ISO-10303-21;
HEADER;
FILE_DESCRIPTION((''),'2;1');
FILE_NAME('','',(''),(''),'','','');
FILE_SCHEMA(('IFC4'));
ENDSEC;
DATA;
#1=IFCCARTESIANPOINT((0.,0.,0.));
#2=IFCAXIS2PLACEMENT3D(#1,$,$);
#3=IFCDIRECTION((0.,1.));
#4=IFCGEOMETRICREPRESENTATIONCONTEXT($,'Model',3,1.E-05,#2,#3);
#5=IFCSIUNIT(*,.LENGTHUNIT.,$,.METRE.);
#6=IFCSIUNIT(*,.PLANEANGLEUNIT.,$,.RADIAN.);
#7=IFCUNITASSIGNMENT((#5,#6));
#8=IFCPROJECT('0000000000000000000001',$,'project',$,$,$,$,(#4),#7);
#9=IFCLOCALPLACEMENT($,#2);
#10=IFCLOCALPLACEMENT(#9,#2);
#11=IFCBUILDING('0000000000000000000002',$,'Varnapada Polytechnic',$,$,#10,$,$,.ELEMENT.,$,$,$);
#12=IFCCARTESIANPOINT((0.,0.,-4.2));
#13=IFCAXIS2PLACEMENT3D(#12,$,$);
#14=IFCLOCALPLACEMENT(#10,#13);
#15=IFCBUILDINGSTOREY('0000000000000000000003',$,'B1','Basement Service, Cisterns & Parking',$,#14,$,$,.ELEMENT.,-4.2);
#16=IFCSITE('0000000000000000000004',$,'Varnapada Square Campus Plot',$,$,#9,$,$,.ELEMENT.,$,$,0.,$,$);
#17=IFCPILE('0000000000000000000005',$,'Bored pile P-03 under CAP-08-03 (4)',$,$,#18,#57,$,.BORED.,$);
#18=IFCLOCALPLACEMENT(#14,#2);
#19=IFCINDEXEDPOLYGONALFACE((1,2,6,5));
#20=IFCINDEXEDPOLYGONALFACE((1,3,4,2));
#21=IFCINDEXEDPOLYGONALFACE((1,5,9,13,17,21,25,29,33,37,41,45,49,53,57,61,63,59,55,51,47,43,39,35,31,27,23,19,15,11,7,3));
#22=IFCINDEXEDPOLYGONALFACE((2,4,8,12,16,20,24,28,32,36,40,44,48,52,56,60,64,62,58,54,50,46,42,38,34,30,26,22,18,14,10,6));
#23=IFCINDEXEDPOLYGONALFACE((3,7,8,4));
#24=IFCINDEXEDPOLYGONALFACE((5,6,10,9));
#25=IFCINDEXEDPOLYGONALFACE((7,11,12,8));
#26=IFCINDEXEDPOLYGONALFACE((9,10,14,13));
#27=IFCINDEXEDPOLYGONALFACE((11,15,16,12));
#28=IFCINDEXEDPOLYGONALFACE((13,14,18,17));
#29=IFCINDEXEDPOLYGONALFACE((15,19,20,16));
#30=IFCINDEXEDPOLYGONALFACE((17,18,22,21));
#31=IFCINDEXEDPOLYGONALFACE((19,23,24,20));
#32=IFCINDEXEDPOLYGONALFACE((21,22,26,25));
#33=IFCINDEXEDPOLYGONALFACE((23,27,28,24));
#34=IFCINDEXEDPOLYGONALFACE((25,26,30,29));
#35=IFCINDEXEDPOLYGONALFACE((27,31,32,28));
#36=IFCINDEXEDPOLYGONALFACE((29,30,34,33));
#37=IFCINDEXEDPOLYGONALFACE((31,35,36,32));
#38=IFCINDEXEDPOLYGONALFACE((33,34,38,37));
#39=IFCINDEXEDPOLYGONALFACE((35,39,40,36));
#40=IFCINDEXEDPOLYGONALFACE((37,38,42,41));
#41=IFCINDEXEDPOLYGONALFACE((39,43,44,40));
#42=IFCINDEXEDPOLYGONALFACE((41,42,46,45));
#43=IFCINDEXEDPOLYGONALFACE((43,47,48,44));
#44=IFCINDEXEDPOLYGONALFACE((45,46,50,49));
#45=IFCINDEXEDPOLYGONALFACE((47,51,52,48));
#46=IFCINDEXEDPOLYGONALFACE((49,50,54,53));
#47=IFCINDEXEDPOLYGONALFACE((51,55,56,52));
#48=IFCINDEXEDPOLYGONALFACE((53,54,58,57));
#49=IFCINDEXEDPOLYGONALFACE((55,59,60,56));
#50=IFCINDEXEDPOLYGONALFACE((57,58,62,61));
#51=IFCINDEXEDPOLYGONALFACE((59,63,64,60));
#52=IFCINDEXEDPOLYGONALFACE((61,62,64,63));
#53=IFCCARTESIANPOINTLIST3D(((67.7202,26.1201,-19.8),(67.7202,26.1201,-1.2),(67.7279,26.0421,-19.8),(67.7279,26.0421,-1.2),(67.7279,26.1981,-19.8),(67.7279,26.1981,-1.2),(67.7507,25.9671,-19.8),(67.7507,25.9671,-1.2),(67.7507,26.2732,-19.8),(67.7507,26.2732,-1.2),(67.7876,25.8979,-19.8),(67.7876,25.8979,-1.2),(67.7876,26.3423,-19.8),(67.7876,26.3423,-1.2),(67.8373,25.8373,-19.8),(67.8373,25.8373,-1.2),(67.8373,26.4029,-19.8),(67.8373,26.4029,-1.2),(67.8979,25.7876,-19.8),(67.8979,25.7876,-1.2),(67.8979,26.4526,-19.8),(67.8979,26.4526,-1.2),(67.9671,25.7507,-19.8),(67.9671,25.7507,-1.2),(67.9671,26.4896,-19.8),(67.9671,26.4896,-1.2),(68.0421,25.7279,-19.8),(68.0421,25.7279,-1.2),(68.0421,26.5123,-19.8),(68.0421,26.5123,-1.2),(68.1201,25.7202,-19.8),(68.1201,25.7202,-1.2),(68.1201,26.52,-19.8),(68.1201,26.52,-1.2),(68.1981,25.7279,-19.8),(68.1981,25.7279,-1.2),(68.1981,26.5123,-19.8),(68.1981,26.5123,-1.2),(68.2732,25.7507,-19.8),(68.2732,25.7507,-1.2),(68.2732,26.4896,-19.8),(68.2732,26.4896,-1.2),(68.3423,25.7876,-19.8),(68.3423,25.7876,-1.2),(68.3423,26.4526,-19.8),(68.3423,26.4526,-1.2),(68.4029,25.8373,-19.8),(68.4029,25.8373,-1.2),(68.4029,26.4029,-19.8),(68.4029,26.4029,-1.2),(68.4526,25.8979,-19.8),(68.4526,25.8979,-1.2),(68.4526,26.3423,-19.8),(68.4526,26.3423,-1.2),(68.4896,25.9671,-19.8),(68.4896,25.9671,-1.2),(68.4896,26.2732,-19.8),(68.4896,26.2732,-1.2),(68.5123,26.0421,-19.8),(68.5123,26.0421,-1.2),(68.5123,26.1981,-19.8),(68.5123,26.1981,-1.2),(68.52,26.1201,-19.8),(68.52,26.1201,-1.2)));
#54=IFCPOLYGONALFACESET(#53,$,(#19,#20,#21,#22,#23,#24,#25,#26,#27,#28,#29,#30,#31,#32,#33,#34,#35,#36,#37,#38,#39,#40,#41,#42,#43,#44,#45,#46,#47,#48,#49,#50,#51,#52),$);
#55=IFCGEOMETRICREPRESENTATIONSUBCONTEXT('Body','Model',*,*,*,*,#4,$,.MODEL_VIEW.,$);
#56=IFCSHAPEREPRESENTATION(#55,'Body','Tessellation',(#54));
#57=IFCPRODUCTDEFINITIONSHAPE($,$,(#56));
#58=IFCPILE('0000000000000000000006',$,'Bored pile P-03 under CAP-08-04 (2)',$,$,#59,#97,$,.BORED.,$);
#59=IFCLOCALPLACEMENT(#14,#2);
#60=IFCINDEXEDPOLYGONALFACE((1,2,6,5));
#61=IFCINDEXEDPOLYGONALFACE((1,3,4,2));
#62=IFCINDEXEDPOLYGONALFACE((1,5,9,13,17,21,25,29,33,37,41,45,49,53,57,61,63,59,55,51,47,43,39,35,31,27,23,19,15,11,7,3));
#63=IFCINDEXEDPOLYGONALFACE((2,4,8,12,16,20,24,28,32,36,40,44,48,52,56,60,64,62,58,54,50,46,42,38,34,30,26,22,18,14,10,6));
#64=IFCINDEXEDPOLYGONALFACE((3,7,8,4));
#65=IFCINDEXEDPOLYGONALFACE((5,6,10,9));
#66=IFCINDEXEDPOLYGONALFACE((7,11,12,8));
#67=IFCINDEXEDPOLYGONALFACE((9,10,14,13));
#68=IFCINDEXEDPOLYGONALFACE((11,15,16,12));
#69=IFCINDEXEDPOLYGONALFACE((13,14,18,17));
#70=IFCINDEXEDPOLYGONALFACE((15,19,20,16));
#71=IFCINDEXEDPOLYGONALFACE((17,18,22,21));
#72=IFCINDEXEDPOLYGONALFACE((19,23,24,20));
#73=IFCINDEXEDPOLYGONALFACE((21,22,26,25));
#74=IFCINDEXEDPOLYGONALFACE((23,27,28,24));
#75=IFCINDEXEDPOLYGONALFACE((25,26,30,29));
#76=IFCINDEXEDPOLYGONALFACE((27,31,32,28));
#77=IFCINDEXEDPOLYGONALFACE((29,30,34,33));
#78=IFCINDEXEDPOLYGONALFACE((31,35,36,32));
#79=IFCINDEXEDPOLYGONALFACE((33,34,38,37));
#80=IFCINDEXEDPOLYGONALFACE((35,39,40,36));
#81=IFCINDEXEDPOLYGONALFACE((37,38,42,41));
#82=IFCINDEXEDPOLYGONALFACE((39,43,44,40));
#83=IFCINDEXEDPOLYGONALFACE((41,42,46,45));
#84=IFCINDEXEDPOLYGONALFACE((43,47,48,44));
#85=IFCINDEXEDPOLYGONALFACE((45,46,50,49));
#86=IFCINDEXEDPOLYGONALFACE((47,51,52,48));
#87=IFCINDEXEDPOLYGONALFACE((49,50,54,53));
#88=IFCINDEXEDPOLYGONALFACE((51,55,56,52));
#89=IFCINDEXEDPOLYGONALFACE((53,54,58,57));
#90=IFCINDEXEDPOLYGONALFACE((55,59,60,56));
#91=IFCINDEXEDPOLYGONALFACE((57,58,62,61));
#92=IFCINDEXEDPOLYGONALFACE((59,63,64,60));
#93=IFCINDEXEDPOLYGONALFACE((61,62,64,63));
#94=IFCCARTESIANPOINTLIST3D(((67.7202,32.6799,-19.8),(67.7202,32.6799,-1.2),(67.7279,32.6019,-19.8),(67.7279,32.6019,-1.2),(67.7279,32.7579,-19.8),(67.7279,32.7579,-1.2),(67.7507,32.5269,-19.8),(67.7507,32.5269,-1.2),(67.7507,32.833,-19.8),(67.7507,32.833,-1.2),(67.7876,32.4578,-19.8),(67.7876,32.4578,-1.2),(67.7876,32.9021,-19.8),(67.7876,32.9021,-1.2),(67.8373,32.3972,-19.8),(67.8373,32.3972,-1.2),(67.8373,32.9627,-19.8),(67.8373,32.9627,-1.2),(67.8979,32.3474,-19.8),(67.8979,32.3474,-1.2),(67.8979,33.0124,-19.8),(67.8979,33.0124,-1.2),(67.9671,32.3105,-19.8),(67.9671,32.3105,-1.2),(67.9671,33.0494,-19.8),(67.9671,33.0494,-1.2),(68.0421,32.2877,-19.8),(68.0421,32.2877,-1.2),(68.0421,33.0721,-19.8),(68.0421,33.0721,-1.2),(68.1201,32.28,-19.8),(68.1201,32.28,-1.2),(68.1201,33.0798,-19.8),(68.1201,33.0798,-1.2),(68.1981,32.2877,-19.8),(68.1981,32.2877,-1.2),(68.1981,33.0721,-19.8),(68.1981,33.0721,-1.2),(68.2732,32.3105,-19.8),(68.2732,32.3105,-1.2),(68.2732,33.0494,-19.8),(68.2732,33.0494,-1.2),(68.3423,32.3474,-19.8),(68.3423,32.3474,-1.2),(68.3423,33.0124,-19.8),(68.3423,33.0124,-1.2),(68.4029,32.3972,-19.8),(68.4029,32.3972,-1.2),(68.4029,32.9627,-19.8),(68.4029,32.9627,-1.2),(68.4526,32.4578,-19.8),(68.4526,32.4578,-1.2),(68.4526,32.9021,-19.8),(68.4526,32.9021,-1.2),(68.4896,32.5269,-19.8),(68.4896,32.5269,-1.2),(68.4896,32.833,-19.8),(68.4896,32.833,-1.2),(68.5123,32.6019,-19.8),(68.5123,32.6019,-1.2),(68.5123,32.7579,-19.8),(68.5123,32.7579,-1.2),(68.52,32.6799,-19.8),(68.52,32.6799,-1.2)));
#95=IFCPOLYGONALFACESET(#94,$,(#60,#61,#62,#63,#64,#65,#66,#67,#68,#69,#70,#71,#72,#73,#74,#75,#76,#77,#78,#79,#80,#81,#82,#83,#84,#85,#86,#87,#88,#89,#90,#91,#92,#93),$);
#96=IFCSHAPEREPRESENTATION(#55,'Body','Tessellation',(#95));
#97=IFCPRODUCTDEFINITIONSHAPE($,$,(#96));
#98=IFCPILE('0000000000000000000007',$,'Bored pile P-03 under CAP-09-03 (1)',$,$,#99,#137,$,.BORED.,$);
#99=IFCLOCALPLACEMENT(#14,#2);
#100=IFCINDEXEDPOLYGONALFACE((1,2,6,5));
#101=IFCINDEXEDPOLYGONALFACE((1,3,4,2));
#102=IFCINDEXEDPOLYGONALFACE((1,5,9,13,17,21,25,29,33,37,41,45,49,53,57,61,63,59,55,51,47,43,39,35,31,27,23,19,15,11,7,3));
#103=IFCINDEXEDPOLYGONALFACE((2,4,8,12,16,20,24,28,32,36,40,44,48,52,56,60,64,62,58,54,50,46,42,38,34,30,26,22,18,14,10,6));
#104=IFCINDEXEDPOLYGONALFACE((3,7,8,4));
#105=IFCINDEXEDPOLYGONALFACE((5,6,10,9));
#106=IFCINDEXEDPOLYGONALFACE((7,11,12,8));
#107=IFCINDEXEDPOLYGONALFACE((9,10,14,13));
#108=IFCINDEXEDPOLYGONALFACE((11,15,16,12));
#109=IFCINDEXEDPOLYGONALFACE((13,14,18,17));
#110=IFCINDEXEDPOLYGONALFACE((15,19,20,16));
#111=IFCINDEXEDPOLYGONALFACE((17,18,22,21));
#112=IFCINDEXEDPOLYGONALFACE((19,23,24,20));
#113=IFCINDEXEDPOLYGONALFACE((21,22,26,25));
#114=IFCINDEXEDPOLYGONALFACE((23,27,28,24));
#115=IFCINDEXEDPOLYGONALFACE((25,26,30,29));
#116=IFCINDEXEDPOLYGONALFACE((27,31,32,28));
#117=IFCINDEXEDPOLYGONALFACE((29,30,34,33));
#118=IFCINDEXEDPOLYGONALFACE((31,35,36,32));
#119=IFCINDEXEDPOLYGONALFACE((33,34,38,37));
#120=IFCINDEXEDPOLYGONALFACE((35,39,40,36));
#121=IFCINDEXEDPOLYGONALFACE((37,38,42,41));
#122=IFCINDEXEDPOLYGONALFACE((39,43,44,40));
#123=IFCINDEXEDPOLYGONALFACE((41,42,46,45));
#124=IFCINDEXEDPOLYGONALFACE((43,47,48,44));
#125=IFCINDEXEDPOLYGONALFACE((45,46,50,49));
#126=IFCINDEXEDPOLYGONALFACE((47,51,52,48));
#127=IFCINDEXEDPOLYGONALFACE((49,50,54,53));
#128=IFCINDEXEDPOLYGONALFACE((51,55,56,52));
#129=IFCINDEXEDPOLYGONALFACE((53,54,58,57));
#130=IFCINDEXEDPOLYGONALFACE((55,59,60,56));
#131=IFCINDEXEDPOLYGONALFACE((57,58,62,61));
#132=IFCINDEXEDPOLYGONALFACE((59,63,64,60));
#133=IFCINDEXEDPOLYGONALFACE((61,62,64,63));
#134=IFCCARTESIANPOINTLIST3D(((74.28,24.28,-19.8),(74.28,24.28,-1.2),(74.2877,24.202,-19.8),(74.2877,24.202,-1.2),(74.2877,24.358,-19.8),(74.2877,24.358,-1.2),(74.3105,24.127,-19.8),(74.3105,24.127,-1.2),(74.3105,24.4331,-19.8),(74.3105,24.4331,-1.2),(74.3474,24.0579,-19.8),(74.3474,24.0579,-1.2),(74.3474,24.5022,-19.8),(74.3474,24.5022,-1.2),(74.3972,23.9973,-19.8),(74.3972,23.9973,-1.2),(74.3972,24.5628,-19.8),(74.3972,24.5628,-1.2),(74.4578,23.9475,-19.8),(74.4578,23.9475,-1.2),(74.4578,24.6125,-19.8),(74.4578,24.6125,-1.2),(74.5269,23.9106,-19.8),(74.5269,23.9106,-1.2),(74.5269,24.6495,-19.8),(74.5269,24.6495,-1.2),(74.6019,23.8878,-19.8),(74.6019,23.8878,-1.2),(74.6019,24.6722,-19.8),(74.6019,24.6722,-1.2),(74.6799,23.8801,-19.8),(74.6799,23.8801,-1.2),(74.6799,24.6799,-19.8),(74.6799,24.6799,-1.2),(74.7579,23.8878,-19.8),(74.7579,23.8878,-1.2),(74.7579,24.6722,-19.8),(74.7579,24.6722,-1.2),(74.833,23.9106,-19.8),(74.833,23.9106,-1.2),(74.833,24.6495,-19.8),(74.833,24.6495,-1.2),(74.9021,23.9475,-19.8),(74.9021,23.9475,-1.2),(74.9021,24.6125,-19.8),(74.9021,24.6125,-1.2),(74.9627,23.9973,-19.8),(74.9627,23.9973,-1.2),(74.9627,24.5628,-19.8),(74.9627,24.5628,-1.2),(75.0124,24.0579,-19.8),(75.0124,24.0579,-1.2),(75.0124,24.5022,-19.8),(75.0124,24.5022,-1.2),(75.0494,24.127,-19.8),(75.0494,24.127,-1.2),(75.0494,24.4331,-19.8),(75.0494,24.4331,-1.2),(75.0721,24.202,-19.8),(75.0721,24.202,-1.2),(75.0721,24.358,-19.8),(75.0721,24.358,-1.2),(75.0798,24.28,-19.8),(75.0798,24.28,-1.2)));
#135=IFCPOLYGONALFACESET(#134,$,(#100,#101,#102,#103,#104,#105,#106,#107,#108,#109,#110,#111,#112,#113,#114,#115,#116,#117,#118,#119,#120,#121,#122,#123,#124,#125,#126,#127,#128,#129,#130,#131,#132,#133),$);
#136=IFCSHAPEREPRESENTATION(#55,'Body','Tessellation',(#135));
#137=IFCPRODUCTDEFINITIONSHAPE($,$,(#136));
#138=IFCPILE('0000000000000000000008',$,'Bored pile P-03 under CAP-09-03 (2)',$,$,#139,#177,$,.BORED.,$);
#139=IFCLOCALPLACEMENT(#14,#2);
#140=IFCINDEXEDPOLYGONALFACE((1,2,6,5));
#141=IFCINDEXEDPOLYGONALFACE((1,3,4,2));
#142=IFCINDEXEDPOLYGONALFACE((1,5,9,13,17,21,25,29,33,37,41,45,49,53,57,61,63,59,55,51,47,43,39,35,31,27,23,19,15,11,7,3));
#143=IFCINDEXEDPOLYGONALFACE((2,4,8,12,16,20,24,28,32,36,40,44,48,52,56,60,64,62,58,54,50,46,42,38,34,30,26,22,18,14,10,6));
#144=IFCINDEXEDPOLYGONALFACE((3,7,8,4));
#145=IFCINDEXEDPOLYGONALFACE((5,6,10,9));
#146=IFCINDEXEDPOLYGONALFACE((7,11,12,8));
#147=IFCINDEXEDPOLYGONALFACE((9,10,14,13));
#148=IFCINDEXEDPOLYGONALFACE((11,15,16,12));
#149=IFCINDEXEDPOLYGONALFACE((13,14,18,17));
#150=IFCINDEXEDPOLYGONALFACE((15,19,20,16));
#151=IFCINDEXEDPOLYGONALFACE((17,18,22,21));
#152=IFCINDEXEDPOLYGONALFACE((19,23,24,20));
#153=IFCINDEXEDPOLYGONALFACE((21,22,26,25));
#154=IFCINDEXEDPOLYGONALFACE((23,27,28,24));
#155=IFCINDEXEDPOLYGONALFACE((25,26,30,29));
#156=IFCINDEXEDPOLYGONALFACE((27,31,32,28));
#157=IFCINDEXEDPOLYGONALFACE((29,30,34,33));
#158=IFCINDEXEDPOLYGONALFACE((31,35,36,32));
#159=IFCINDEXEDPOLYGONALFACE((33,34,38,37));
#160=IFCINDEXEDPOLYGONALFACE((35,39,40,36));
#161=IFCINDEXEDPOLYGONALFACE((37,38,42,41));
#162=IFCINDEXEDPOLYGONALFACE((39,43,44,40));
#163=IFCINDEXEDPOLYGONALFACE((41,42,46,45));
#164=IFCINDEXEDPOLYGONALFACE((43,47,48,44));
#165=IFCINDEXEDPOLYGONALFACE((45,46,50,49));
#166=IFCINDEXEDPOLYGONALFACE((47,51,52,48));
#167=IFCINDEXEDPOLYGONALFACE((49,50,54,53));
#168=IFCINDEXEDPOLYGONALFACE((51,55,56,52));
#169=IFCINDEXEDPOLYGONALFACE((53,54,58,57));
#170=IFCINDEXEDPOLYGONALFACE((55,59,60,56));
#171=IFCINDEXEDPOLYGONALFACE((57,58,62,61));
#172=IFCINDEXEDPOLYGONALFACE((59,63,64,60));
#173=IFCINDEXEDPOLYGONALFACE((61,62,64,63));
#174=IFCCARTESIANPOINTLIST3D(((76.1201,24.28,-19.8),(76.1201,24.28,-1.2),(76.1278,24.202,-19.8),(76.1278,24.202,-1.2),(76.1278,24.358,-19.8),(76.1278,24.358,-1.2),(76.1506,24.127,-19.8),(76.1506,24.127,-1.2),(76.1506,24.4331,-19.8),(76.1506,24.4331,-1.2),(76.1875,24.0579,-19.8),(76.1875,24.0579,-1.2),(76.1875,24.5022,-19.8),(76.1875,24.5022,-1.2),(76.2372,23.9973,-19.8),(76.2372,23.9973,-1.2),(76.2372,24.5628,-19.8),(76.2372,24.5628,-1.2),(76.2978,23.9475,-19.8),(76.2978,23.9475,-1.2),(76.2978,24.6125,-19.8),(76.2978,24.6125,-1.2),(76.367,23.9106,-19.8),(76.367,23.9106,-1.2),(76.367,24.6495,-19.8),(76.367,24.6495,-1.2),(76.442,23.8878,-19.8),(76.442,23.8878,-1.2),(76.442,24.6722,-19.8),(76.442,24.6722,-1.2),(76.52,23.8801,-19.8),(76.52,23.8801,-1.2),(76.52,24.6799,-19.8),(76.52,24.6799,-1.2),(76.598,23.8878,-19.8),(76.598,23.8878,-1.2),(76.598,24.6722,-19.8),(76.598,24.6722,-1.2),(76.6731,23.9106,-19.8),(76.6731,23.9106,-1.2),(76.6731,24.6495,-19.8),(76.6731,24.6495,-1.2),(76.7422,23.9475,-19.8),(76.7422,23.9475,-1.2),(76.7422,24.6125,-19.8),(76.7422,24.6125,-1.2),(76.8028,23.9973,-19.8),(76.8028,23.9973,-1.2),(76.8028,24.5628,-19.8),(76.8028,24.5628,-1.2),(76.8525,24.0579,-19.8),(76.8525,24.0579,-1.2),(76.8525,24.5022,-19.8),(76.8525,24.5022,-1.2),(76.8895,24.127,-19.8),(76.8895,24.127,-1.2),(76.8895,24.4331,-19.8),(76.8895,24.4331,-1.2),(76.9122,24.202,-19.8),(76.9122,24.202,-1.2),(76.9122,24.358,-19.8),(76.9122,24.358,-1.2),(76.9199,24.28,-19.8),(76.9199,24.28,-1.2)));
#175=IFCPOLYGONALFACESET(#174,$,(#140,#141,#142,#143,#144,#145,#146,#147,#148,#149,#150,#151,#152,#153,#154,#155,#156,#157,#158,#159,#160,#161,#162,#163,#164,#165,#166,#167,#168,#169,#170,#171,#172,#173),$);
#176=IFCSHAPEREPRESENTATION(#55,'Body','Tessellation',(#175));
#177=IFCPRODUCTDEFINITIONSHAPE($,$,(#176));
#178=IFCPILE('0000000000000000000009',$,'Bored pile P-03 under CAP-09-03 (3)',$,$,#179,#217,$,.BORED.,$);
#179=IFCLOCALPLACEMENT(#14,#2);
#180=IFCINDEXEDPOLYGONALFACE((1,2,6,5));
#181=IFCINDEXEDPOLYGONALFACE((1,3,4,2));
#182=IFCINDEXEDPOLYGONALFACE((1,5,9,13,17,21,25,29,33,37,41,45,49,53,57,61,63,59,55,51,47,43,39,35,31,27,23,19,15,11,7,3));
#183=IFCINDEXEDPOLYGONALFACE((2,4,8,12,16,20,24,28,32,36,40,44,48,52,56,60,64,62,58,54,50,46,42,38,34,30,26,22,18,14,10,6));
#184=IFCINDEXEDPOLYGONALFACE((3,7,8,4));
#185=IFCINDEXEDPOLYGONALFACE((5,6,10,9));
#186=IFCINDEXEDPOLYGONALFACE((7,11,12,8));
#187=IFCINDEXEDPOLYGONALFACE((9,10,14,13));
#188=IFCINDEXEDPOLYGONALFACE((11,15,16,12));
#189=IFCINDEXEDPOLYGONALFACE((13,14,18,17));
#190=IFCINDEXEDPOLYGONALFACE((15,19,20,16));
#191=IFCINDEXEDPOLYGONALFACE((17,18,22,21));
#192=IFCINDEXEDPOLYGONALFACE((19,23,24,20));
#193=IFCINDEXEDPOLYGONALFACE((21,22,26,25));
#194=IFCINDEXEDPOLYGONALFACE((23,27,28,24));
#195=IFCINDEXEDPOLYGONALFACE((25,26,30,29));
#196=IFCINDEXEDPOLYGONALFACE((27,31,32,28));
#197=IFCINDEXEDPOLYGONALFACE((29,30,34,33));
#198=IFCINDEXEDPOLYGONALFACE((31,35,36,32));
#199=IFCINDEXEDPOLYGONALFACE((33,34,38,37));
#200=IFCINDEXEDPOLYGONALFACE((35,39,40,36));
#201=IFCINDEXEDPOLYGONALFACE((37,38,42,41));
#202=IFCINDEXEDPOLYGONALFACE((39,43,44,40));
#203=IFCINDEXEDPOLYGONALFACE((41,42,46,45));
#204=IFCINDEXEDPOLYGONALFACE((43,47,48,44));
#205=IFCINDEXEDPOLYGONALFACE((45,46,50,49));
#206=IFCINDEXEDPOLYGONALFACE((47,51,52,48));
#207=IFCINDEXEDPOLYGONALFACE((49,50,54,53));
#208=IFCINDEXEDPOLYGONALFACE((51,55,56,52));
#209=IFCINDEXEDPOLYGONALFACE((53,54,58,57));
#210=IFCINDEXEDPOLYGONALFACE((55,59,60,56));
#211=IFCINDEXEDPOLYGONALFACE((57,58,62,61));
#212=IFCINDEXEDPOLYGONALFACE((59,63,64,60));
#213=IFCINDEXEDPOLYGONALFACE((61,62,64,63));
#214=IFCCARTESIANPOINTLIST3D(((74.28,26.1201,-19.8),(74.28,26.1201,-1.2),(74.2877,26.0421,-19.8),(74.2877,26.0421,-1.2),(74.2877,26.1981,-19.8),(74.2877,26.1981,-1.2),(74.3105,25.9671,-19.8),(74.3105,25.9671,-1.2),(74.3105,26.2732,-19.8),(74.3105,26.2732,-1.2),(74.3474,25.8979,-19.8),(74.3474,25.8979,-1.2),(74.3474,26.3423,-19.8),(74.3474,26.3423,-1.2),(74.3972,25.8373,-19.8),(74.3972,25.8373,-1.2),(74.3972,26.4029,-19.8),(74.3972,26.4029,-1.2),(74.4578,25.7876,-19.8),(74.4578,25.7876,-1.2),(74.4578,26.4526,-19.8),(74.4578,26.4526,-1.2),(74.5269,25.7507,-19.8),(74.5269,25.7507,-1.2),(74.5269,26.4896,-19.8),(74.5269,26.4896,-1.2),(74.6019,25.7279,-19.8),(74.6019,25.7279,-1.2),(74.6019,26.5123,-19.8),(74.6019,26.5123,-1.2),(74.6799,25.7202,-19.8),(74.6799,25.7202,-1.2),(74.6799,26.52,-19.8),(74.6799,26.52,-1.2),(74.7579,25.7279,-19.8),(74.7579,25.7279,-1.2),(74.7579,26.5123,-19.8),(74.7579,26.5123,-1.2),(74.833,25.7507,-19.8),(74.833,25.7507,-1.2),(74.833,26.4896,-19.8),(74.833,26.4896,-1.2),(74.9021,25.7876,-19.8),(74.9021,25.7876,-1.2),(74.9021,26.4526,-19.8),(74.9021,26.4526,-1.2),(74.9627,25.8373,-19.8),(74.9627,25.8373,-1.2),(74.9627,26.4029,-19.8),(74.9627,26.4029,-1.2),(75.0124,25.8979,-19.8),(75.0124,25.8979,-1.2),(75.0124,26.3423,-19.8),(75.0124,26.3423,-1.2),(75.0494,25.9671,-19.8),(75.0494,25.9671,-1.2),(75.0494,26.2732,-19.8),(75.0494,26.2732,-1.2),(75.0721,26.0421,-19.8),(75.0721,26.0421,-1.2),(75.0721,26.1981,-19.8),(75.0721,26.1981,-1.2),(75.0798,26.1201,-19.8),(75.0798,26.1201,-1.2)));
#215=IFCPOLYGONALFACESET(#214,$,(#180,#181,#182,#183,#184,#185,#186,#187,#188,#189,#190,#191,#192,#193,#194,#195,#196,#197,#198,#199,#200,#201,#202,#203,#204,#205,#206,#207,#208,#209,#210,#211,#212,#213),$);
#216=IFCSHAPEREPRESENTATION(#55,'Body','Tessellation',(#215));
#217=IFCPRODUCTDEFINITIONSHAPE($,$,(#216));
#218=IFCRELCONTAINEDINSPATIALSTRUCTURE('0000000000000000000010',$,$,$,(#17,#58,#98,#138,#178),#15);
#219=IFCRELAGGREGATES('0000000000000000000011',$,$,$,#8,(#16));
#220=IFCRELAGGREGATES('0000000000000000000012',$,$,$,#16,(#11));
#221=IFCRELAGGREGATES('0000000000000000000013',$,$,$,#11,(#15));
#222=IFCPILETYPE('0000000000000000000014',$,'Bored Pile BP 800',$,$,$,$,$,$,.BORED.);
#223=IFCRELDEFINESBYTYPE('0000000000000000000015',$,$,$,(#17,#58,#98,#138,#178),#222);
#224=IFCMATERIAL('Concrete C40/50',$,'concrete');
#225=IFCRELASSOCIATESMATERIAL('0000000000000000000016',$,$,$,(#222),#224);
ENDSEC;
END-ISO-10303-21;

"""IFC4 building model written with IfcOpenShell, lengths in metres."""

from ifc_helpers import new_model, si_unit, direction, frame, origin, origin_2d, place, context, subcontext, project, spatial, circle, extrude, material, material_profile, profile_set, type_object, element, save


model = new_model("IFC4")

# Units and contexts
model_context = context("Model", 3, precision=1e-05, world=origin(), true_north=direction((0.0, 1.0)))
body_context = subcontext(model_context, "Body", "Model", "MODEL_VIEW")
ifc_project = project(units=[si_unit("LENGTHUNIT", "METRE"), si_unit("PLANEANGLEUNIT", "RADIAN")], contexts=[model_context])

# Site, building, storey
site_placement = place(None, origin())
site = spatial("IfcSite", under=ifc_project, at=site_placement, Name="Varnapada Square Campus Plot", CompositionType="ELEMENT", RefElevation=0.0)
building_placement = place(site_placement, origin())
building = spatial("IfcBuilding", under=site, at=building_placement, Name="Varnapada Polytechnic", CompositionType="ELEMENT")
storey_placement = place(building_placement, frame((0.0, 0.0, -4.2)))
storey = spatial("IfcBuildingStorey", under=building, at=storey_placement, Name="B1", Description="Basement Service, Cisterns & Parking", CompositionType="ELEMENT", Elevation=-4.2)

# Piles
ifc_material_1 = material(Name="Concrete C40/50", Category="concrete")
ifc_material_profile_1 = material_profile(ifc_material_1, circle(Radius=0.3999, at=origin_2d()), Name="BP 800")
ifc_profile_set_1 = profile_set([ifc_material_profile_1], Name="Concrete C40/50")
pile_type = type_object("IfcPileType", Name="Bored Pile BP 800", PredefinedType="BORED", material=ifc_profile_set_1)
for number, where, z_axis, x_axis, name in (
    (1, (68.1201, 26.1201, -1.2), (0.0, 0.0, -1.0), (1.0, 0.0, 0.0), "Bored pile P-03 under CAP-08-03 (4)"),
    (2, (68.1201, 32.6799, -1.2), (0.0, 0.0, -1.0), (1.0, 0.0, 0.0), "Bored pile P-03 under CAP-08-04 (2)"),
    (3, (74.6799, 24.28, -1.2), (0.0, 0.0, -1.0), (1.0, 0.0, 0.0), "Bored pile P-03 under CAP-09-03 (1)"),
    (4, (76.52, 24.28, -1.2), (0.0, 0.0, -1.0), (1.0, 0.0, 0.0), "Bored pile P-03 under CAP-09-03 (2)"),
    (5, (74.6799, 26.1201, -1.2), (0.0, 0.0, -1.0), (1.0, 0.0, 0.0), "Bored pile P-03 under CAP-09-03 (3)"),
):
    element("IfcPile", number, at=place(storey_placement, frame(where, z_axis=z_axis, x_axis=x_axis)), inside=storey, type_object=pile_type, Name=name, PredefinedType="BORED", context=body_context, shape_type="SweptSolid", body=[
        extrude(circle(Radius=0.3999, at=origin_2d()), origin(), (0.0, 0.0, 1.0), 18.6001),
    ])

save(model, "model.ifc")
